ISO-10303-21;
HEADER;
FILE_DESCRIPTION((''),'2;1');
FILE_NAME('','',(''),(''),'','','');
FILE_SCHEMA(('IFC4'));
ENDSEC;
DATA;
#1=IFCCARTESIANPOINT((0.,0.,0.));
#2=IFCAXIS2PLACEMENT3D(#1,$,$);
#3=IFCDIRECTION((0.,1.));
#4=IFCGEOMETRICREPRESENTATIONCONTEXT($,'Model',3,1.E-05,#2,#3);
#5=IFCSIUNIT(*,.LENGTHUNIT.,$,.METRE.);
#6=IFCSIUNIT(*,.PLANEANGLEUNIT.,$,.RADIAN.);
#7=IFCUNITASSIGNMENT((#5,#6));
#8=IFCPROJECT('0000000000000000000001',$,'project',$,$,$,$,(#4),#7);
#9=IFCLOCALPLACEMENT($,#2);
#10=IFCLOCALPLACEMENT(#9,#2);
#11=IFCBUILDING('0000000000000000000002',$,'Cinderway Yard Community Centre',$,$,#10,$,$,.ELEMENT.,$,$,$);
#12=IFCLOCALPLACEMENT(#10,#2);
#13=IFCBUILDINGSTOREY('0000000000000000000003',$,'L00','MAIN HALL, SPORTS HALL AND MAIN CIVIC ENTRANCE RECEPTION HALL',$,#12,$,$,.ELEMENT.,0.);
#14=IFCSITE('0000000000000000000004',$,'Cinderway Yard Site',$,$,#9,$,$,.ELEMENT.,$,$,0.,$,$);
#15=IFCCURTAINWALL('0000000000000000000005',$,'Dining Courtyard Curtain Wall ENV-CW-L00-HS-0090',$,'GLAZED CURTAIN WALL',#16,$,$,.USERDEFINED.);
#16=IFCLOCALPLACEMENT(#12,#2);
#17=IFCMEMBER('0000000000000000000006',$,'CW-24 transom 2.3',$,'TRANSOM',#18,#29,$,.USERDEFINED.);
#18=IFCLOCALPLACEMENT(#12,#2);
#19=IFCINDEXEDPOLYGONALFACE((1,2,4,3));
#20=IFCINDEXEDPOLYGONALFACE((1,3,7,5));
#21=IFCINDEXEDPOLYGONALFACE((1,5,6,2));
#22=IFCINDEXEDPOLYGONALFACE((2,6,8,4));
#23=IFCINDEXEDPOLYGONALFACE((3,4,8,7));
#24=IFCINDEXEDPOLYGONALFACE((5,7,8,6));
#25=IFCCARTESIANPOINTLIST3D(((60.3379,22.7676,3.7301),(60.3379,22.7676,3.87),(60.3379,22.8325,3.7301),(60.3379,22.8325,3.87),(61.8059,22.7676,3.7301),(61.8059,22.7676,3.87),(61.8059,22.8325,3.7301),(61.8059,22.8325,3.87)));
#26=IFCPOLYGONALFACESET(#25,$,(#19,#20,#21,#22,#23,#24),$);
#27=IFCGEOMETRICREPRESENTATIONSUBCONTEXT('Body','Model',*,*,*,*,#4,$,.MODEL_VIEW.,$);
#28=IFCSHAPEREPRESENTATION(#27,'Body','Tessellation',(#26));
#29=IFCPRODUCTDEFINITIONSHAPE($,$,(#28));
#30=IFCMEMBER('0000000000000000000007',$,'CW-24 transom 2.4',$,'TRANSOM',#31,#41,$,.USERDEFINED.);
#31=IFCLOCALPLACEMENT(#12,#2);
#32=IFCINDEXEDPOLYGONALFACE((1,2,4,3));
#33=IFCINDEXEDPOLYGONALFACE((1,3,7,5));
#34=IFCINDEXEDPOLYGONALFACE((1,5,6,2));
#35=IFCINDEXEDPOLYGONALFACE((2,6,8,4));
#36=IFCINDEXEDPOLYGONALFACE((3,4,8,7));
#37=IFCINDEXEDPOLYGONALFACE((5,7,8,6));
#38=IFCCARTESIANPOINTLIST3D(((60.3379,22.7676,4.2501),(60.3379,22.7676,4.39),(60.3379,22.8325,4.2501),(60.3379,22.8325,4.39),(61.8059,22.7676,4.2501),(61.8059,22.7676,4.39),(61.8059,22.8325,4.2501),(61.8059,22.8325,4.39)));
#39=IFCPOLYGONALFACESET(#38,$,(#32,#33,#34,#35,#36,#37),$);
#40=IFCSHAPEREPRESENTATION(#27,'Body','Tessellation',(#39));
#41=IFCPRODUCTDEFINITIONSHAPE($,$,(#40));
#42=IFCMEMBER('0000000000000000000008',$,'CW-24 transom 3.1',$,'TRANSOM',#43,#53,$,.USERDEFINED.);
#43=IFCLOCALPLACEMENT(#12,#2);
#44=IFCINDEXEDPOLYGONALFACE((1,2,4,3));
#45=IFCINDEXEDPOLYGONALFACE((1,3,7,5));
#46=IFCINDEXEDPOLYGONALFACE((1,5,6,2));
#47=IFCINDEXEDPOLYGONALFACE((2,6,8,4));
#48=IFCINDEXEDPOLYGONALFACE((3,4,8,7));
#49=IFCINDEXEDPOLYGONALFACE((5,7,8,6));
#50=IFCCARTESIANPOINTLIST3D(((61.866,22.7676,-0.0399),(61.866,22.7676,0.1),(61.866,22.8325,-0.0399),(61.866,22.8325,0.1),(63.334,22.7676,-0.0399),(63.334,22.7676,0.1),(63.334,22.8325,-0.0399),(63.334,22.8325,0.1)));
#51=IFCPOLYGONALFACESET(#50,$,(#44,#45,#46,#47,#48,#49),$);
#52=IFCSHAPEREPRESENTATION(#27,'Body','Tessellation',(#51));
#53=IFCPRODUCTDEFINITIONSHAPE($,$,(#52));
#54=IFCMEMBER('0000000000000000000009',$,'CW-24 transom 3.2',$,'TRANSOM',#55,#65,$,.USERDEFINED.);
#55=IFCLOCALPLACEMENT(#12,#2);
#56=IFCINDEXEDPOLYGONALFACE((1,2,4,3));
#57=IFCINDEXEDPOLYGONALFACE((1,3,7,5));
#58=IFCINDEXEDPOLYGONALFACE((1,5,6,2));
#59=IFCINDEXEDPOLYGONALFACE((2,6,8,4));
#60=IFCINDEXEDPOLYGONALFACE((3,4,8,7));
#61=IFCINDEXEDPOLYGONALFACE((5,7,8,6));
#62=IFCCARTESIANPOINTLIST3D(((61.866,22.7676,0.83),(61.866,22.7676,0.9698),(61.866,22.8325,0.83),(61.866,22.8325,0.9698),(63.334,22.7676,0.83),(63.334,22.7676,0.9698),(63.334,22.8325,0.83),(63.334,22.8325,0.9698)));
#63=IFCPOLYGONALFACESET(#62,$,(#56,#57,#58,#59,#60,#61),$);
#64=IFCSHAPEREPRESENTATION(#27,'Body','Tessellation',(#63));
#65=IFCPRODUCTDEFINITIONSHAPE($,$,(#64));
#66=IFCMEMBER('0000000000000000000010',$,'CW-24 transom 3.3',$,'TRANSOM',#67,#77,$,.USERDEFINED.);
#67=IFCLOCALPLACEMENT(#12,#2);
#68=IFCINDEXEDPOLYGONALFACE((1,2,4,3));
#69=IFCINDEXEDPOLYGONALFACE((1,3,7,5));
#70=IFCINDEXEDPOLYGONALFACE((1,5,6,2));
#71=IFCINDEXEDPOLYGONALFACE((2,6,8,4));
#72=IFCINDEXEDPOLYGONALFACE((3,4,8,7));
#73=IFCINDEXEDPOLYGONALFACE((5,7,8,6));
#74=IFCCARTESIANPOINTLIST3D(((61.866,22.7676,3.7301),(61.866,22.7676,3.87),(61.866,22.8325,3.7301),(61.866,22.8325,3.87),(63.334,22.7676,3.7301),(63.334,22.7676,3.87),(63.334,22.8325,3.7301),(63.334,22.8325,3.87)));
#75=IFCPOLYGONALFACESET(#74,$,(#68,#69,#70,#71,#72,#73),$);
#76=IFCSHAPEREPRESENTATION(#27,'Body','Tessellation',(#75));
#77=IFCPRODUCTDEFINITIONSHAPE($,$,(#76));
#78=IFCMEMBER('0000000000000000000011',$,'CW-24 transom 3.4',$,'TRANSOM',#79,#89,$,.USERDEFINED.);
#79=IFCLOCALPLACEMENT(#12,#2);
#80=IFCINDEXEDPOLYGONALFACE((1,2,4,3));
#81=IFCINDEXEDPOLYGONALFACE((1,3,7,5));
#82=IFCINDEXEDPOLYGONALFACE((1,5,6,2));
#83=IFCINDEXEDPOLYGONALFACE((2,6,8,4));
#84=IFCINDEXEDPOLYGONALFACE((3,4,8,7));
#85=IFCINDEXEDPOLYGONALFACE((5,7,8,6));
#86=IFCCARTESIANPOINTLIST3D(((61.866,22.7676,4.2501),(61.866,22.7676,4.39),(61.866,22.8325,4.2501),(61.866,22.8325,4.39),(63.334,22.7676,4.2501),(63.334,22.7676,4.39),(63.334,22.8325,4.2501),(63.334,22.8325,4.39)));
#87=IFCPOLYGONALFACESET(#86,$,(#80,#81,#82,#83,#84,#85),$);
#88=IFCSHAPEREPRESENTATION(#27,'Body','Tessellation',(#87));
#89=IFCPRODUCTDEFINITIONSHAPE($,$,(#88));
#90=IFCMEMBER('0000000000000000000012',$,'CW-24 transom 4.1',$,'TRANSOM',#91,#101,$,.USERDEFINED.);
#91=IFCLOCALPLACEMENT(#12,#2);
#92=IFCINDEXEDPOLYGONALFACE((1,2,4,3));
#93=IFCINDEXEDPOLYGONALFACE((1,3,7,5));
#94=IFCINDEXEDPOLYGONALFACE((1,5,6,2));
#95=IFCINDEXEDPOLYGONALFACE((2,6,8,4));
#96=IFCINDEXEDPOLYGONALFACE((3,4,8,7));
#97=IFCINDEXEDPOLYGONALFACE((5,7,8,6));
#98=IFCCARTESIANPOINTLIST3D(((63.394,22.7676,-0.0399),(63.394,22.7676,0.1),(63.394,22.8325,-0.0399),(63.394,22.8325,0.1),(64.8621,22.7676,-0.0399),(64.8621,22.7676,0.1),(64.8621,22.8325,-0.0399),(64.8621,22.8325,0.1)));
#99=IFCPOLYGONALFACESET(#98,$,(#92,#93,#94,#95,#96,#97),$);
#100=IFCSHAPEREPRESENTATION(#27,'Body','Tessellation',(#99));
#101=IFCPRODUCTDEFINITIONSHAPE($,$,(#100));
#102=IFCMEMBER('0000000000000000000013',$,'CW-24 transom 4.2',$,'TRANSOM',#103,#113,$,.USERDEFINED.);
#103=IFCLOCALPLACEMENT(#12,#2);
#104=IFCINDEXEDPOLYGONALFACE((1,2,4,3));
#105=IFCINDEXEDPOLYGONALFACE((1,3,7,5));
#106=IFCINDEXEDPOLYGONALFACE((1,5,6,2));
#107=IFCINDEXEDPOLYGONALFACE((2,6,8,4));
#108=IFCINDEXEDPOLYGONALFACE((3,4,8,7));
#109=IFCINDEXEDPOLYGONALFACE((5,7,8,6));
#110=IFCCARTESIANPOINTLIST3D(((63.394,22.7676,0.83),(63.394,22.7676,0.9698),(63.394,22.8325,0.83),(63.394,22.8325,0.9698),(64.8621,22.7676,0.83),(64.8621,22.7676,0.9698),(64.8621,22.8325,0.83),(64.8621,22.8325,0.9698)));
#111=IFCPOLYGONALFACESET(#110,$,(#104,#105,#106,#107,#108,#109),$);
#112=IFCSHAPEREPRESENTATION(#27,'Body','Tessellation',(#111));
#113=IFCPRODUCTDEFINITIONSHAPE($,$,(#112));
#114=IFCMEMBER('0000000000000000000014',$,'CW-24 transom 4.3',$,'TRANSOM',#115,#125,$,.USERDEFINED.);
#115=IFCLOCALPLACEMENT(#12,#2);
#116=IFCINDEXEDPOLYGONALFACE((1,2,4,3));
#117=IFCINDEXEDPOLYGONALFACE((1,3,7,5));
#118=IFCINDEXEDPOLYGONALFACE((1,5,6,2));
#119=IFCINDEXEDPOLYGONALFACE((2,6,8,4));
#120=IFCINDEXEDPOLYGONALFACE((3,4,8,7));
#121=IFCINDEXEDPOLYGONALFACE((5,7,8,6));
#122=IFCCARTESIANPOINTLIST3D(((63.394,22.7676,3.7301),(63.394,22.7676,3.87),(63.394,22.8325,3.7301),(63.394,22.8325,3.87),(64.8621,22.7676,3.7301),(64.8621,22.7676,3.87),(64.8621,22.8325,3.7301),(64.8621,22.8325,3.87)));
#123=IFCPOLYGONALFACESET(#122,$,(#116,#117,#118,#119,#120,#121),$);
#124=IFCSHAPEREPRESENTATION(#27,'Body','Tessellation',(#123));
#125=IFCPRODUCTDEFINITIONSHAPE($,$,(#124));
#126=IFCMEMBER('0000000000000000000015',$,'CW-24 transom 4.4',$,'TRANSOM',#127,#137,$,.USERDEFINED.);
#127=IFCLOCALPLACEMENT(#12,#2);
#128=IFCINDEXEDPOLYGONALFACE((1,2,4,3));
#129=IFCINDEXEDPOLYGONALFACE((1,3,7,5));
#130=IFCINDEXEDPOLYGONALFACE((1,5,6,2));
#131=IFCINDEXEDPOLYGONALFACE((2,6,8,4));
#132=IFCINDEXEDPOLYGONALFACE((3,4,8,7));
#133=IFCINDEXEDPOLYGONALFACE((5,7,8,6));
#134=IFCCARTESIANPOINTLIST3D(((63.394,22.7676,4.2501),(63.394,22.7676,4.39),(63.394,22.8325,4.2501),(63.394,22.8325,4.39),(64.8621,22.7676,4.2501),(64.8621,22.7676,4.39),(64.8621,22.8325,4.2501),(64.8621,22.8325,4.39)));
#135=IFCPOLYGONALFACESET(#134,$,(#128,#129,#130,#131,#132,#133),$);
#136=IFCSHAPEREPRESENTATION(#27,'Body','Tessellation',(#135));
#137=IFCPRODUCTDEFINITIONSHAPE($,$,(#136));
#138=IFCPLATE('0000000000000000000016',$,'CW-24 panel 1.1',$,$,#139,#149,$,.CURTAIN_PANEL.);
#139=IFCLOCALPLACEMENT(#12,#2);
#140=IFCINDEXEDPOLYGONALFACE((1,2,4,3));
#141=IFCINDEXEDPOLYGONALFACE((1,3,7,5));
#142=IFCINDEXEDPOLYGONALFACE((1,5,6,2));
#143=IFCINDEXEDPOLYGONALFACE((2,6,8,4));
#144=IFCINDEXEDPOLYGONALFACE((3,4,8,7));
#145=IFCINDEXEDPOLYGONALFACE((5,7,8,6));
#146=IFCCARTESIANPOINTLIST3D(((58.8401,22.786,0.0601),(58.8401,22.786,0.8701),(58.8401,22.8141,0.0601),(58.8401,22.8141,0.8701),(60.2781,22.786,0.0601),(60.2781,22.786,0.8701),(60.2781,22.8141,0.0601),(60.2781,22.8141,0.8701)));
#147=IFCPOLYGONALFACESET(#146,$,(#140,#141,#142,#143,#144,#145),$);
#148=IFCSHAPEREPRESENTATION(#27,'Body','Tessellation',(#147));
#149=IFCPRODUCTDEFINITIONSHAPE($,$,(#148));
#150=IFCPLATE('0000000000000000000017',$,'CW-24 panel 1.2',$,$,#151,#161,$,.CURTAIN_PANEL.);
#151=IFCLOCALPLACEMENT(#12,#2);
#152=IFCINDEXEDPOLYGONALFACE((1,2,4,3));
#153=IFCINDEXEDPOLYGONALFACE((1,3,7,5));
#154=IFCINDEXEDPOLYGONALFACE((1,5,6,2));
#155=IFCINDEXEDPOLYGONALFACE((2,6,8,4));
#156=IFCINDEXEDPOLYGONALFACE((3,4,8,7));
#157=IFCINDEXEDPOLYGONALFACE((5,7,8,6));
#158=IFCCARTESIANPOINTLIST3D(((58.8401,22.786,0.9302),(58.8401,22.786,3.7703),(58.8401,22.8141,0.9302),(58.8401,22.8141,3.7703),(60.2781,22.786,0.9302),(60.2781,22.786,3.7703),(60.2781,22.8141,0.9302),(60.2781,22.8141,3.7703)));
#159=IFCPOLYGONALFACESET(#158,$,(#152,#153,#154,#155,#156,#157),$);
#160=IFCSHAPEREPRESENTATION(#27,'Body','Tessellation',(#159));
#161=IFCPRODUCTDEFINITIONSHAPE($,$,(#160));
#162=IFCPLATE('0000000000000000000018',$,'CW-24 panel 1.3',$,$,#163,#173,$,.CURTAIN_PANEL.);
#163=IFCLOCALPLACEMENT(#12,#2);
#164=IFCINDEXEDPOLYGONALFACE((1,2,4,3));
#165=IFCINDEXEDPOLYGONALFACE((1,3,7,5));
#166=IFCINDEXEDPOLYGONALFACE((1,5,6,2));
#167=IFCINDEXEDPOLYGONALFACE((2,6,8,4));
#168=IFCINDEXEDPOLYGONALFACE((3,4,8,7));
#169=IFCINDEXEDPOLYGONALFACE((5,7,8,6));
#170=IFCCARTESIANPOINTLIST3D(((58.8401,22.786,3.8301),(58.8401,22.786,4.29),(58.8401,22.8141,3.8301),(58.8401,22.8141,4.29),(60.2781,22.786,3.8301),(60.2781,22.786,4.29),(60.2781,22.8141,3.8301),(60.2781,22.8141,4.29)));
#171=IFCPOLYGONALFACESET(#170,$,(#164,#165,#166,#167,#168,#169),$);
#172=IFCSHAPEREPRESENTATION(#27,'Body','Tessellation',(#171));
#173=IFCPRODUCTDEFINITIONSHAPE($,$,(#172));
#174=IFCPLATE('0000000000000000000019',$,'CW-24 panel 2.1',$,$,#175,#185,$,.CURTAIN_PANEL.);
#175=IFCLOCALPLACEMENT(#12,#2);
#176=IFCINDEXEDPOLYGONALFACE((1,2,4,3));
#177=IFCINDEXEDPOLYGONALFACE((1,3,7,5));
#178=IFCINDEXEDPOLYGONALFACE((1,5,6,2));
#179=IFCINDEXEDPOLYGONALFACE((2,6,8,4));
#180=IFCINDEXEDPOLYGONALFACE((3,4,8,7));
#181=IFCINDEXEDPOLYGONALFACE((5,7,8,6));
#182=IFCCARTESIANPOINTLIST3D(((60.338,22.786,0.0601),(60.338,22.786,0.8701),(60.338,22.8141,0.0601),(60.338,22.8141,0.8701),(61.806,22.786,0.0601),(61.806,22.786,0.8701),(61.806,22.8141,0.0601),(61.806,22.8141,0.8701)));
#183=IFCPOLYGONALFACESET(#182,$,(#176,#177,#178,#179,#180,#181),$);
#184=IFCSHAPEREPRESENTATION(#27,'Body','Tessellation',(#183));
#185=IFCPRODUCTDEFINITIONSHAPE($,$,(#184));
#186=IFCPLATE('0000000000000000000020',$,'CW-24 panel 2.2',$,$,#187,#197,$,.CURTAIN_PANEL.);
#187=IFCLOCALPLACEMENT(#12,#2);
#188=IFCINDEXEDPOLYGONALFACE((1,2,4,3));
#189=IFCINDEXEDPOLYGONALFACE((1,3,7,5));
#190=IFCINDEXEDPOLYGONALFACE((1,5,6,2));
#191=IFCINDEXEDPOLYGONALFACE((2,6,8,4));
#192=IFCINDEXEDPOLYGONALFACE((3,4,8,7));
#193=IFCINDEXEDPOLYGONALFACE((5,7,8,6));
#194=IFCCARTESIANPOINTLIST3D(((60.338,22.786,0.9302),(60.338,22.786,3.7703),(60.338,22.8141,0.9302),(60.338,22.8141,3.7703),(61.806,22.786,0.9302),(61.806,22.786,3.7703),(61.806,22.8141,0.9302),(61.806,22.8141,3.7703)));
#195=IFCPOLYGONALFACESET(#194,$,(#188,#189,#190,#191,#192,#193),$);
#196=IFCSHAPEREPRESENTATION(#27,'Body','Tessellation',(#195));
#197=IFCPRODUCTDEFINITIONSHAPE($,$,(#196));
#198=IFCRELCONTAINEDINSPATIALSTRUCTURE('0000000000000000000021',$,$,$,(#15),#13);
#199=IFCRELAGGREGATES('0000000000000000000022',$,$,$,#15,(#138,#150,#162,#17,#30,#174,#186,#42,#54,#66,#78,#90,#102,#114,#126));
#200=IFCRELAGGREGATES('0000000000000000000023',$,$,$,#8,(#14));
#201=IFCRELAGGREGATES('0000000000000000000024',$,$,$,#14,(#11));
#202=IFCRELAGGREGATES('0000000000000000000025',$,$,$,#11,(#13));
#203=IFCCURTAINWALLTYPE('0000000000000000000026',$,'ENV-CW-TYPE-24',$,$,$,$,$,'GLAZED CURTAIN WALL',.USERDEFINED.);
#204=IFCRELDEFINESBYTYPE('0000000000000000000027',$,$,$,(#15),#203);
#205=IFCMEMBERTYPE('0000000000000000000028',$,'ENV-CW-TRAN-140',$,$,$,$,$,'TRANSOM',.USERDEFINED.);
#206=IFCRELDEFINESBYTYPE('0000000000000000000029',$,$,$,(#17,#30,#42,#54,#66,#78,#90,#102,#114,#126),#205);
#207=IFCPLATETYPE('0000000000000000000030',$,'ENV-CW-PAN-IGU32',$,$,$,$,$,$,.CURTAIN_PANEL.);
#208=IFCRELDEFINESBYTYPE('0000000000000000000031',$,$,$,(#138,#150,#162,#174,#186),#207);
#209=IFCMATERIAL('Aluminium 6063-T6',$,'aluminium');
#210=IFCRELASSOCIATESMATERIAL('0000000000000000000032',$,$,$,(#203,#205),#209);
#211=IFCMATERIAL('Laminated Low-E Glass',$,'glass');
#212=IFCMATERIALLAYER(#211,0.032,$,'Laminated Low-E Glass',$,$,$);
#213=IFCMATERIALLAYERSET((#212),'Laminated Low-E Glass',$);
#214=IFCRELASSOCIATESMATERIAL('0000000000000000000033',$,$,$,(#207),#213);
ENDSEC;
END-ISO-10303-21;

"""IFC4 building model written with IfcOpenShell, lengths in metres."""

from ifc_helpers import new_model, si_unit, direction, frame, origin, origin_2d, place, context, subcontext, project, spatial, rectangle, extrude, material, layer, layer_set, material_profile, profile_set, type_object, element, aggregate, save


model = new_model("IFC4")

# Units and contexts
model_context = context("Model", 3, precision=1e-05, world=origin(), true_north=direction((0.0, 1.0)))
body_context = subcontext(model_context, "Body", "Model", "MODEL_VIEW")
ifc_project = project(units=[si_unit("LENGTHUNIT", "METRE"), si_unit("PLANEANGLEUNIT", "RADIAN")], contexts=[model_context])

# Site, building, storey
site_placement = place(None, origin())
site = spatial("IfcSite", under=ifc_project, at=site_placement, Name="Cinderway Yard Site", CompositionType="ELEMENT", RefElevation=0.0)
building_placement = place(site_placement, origin())
building = spatial("IfcBuilding", under=site, at=building_placement, Name="Cinderway Yard Community Centre", CompositionType="ELEMENT")
storey_placement = place(building_placement, origin())
storey = spatial("IfcBuildingStorey", under=building, at=storey_placement, Name="L00", Description="MAIN HALL, SPORTS HALL AND MAIN CIVIC ENTRANCE RECEPTION HALL", CompositionType="ELEMENT", Elevation=0.0)

# Curtain wall, members, plates
ifc_material_1 = material(Name="Aluminium 6063-T6", Category="aluminium")
curtain_wall_type = type_object("IfcCurtainWallType", Name="ENV-CW-TYPE-24", ElementType="GLAZED CURTAIN WALL", PredefinedType="USERDEFINED", material=ifc_material_1)
curtain_wall_placement = place(storey_placement, origin())
curtain_wall = element("IfcCurtainWall", 1, at=curtain_wall_placement, inside=storey, type_object=curtain_wall_type, Name="Dining Courtyard Curtain Wall ENV-CW-L00-HS-0090", ObjectType="GLAZED CURTAIN WALL", PredefinedType="USERDEFINED")
ifc_material_profile_1 = material_profile(ifc_material_1, rectangle(XDim=0.0649, YDim=0.1399, at=origin_2d()), Name="Aluminium 6063-T6")
ifc_profile_set_1 = profile_set([ifc_material_profile_1], Name="Aluminium 6063-T6")
member_type_1 = type_object("IfcMemberType", Name="ENV-CW-TRAN-140", ElementType="TRANSOM", PredefinedType="USERDEFINED", material=ifc_profile_set_1)
member_1_placement = place(storey_placement, frame((60.3379, 22.8, 3.8), z_axis=(1.0, 0.0, 0.0), x_axis=(0.0, 1.0, 0.0)))
member_1 = element("IfcMember", 2, at=member_1_placement, type_object=member_type_1, Name="CW-24 transom 2.3", ObjectType="TRANSOM", PredefinedType="USERDEFINED", context=body_context, shape_type="SweptSolid", body=[
    extrude(rectangle(XDim=0.0649, YDim=0.1399, at=origin_2d()), origin(), (0.0, 0.0, 1.0), 1.468),
])
member_2_placement = place(storey_placement, frame((60.3379, 22.8, 4.3201), z_axis=(1.0, 0.0, 0.0), x_axis=(0.0, 1.0, 0.0)))
member_2 = element("IfcMember", 3, at=member_2_placement, type_object=member_type_1, Name="CW-24 transom 2.4", ObjectType="TRANSOM", PredefinedType="USERDEFINED", context=body_context, shape_type="SweptSolid", body=[
    extrude(rectangle(XDim=0.0649, YDim=0.1399, at=origin_2d()), origin(), (0.0, 0.0, 1.0), 1.468),
])
member_3_placement = place(storey_placement, frame((61.866, 22.8, 0.03), z_axis=(1.0, 0.0, 0.0), x_axis=(0.0, 1.0, 0.0)))
member_3 = element("IfcMember", 4, at=member_3_placement, type_object=member_type_1, Name="CW-24 transom 3.1", ObjectType="TRANSOM", PredefinedType="USERDEFINED", context=body_context, shape_type="SweptSolid", body=[
    extrude(rectangle(XDim=0.0649, YDim=0.1399, at=origin_2d()), origin(), (0.0, 0.0, 1.0), 1.468),
])
member_4_placement = place(storey_placement, frame((61.866, 22.8, 0.8999), z_axis=(1.0, 0.0, 0.0), x_axis=(0.0, 1.0, 0.0)))
member_4 = element("IfcMember", 5, at=member_4_placement, type_object=member_type_1, Name="CW-24 transom 3.2", ObjectType="TRANSOM", PredefinedType="USERDEFINED", context=body_context, shape_type="SweptSolid", body=[
    extrude(rectangle(XDim=0.0649, YDim=0.1399, at=origin_2d()), origin(), (0.0, 0.0, 1.0), 1.468),
])
member_5_placement = place(storey_placement, frame((61.866, 22.8, 3.8), z_axis=(1.0, 0.0, 0.0), x_axis=(0.0, 1.0, 0.0)))
member_5 = element("IfcMember", 6, at=member_5_placement, type_object=member_type_1, Name="CW-24 transom 3.3", ObjectType="TRANSOM", PredefinedType="USERDEFINED", context=body_context, shape_type="SweptSolid", body=[
    extrude(rectangle(XDim=0.0649, YDim=0.1399, at=origin_2d()), origin(), (0.0, 0.0, 1.0), 1.468),
])
member_6_placement = place(storey_placement, frame((61.866, 22.8, 4.3201), z_axis=(1.0, 0.0, 0.0), x_axis=(0.0, 1.0, 0.0)))
member_6 = element("IfcMember", 7, at=member_6_placement, type_object=member_type_1, Name="CW-24 transom 3.4", ObjectType="TRANSOM", PredefinedType="USERDEFINED", context=body_context, shape_type="SweptSolid", body=[
    extrude(rectangle(XDim=0.0649, YDim=0.1399, at=origin_2d()), origin(), (0.0, 0.0, 1.0), 1.468),
])
member_7_placement = place(storey_placement, frame((63.394, 22.8, 0.03), z_axis=(1.0, 0.0, 0.0), x_axis=(0.0, 1.0, 0.0)))
member_7 = element("IfcMember", 8, at=member_7_placement, type_object=member_type_1, Name="CW-24 transom 4.1", ObjectType="TRANSOM", PredefinedType="USERDEFINED", context=body_context, shape_type="SweptSolid", body=[
    extrude(rectangle(XDim=0.0649, YDim=0.1399, at=origin_2d()), origin(), (0.0, 0.0, 1.0), 1.468),
])
member_8_placement = place(storey_placement, frame((63.394, 22.8, 0.8999), z_axis=(1.0, 0.0, 0.0), x_axis=(0.0, 1.0, 0.0)))
member_8 = element("IfcMember", 9, at=member_8_placement, type_object=member_type_1, Name="CW-24 transom 4.2", ObjectType="TRANSOM", PredefinedType="USERDEFINED", context=body_context, shape_type="SweptSolid", body=[
    extrude(rectangle(XDim=0.0649, YDim=0.1399, at=origin_2d()), origin(), (0.0, 0.0, 1.0), 1.468),
])
member_9_placement = place(storey_placement, frame((63.394, 22.8, 3.8), z_axis=(1.0, 0.0, 0.0), x_axis=(0.0, 1.0, 0.0)))
member_9 = element("IfcMember", 10, at=member_9_placement, type_object=member_type_1, Name="CW-24 transom 4.3", ObjectType="TRANSOM", PredefinedType="USERDEFINED", context=body_context, shape_type="SweptSolid", body=[
    extrude(rectangle(XDim=0.0649, YDim=0.1399, at=origin_2d()), origin(), (0.0, 0.0, 1.0), 1.468),
])
member_10_placement = place(storey_placement, frame((63.394, 22.8, 4.3201), z_axis=(1.0, 0.0, 0.0), x_axis=(0.0, 1.0, 0.0)))
member_10 = element("IfcMember", 11, at=member_10_placement, type_object=member_type_1, Name="CW-24 transom 4.4", ObjectType="TRANSOM", PredefinedType="USERDEFINED", context=body_context, shape_type="SweptSolid", body=[
    extrude(rectangle(XDim=0.0649, YDim=0.1399, at=origin_2d()), origin(), (0.0, 0.0, 1.0), 1.468),
])
ifc_material_2 = material(Name="Laminated Low-E Glass", Category="glass")
ifc_layer = layer(ifc_material_2, 0.032, Name="Laminated Low-E Glass")
ifc_layer_set = layer_set([ifc_layer], Name="Laminated Low-E Glass")
plate_type = type_object("IfcPlateType", Name="ENV-CW-PAN-IGU32", PredefinedType="CURTAIN_PANEL", material=ifc_layer_set)
plate_1_placement = place(storey_placement, frame((59.5591, 22.8, 0.0601), z_axis=(0.0, 0.0, 1.0), x_axis=(1.0, 0.0, 0.0)))
plate_1 = element("IfcPlate", 12, at=plate_1_placement, type_object=plate_type, Name="CW-24 panel 1.1", PredefinedType="CURTAIN_PANEL", context=body_context, shape_type="SweptSolid", body=[
    extrude(rectangle(XDim=1.438, YDim=0.0281, at=origin_2d()), origin(), (0.0, 0.0, 1.0), 0.8101),
])
plate_2_placement = place(storey_placement, frame((59.5591, 22.8, 0.9302), z_axis=(0.0, 0.0, 1.0), x_axis=(1.0, 0.0, 0.0)))
plate_2 = element("IfcPlate", 13, at=plate_2_placement, type_object=plate_type, Name="CW-24 panel 1.2", PredefinedType="CURTAIN_PANEL", context=body_context, shape_type="SweptSolid", body=[
    extrude(rectangle(XDim=1.438, YDim=0.0281, at=origin_2d()), origin(), (0.0, 0.0, 1.0), 2.8401),
])
plate_3_placement = place(storey_placement, frame((59.5591, 22.8, 3.8301), z_axis=(0.0, 0.0, 1.0), x_axis=(1.0, 0.0, 0.0)))
plate_3 = element("IfcPlate", 14, at=plate_3_placement, type_object=plate_type, Name="CW-24 panel 1.3", PredefinedType="CURTAIN_PANEL", context=body_context, shape_type="SweptSolid", body=[
    extrude(rectangle(XDim=1.438, YDim=0.0281, at=origin_2d()), origin(), (0.0, 0.0, 1.0), 0.46),
])
plate_4_placement = place(storey_placement, frame((61.072, 22.8, 0.0601), z_axis=(0.0, 0.0, 1.0), x_axis=(1.0, 0.0, 0.0)))
plate_4 = element("IfcPlate", 15, at=plate_4_placement, type_object=plate_type, Name="CW-24 panel 2.1", PredefinedType="CURTAIN_PANEL", context=body_context, shape_type="SweptSolid", body=[
    extrude(rectangle(XDim=1.468, YDim=0.0281, at=origin_2d()), origin(), (0.0, 0.0, 1.0), 0.8101),
])
plate_5_placement = place(storey_placement, frame((61.072, 22.8, 0.9302), z_axis=(0.0, 0.0, 1.0), x_axis=(1.0, 0.0, 0.0)))
plate_5 = element("IfcPlate", 16, at=plate_5_placement, type_object=plate_type, Name="CW-24 panel 2.2", PredefinedType="CURTAIN_PANEL", context=body_context, shape_type="SweptSolid", body=[
    extrude(rectangle(XDim=1.468, YDim=0.0281, at=origin_2d()), origin(), (0.0, 0.0, 1.0), 2.8401),
])
aggregate(curtain_wall, [plate_1, plate_2, plate_3, member_1, member_2, plate_4, plate_5, member_3, member_4, member_5, member_6, member_7, member_8, member_9, member_10])

save(model, "model.ifc")
